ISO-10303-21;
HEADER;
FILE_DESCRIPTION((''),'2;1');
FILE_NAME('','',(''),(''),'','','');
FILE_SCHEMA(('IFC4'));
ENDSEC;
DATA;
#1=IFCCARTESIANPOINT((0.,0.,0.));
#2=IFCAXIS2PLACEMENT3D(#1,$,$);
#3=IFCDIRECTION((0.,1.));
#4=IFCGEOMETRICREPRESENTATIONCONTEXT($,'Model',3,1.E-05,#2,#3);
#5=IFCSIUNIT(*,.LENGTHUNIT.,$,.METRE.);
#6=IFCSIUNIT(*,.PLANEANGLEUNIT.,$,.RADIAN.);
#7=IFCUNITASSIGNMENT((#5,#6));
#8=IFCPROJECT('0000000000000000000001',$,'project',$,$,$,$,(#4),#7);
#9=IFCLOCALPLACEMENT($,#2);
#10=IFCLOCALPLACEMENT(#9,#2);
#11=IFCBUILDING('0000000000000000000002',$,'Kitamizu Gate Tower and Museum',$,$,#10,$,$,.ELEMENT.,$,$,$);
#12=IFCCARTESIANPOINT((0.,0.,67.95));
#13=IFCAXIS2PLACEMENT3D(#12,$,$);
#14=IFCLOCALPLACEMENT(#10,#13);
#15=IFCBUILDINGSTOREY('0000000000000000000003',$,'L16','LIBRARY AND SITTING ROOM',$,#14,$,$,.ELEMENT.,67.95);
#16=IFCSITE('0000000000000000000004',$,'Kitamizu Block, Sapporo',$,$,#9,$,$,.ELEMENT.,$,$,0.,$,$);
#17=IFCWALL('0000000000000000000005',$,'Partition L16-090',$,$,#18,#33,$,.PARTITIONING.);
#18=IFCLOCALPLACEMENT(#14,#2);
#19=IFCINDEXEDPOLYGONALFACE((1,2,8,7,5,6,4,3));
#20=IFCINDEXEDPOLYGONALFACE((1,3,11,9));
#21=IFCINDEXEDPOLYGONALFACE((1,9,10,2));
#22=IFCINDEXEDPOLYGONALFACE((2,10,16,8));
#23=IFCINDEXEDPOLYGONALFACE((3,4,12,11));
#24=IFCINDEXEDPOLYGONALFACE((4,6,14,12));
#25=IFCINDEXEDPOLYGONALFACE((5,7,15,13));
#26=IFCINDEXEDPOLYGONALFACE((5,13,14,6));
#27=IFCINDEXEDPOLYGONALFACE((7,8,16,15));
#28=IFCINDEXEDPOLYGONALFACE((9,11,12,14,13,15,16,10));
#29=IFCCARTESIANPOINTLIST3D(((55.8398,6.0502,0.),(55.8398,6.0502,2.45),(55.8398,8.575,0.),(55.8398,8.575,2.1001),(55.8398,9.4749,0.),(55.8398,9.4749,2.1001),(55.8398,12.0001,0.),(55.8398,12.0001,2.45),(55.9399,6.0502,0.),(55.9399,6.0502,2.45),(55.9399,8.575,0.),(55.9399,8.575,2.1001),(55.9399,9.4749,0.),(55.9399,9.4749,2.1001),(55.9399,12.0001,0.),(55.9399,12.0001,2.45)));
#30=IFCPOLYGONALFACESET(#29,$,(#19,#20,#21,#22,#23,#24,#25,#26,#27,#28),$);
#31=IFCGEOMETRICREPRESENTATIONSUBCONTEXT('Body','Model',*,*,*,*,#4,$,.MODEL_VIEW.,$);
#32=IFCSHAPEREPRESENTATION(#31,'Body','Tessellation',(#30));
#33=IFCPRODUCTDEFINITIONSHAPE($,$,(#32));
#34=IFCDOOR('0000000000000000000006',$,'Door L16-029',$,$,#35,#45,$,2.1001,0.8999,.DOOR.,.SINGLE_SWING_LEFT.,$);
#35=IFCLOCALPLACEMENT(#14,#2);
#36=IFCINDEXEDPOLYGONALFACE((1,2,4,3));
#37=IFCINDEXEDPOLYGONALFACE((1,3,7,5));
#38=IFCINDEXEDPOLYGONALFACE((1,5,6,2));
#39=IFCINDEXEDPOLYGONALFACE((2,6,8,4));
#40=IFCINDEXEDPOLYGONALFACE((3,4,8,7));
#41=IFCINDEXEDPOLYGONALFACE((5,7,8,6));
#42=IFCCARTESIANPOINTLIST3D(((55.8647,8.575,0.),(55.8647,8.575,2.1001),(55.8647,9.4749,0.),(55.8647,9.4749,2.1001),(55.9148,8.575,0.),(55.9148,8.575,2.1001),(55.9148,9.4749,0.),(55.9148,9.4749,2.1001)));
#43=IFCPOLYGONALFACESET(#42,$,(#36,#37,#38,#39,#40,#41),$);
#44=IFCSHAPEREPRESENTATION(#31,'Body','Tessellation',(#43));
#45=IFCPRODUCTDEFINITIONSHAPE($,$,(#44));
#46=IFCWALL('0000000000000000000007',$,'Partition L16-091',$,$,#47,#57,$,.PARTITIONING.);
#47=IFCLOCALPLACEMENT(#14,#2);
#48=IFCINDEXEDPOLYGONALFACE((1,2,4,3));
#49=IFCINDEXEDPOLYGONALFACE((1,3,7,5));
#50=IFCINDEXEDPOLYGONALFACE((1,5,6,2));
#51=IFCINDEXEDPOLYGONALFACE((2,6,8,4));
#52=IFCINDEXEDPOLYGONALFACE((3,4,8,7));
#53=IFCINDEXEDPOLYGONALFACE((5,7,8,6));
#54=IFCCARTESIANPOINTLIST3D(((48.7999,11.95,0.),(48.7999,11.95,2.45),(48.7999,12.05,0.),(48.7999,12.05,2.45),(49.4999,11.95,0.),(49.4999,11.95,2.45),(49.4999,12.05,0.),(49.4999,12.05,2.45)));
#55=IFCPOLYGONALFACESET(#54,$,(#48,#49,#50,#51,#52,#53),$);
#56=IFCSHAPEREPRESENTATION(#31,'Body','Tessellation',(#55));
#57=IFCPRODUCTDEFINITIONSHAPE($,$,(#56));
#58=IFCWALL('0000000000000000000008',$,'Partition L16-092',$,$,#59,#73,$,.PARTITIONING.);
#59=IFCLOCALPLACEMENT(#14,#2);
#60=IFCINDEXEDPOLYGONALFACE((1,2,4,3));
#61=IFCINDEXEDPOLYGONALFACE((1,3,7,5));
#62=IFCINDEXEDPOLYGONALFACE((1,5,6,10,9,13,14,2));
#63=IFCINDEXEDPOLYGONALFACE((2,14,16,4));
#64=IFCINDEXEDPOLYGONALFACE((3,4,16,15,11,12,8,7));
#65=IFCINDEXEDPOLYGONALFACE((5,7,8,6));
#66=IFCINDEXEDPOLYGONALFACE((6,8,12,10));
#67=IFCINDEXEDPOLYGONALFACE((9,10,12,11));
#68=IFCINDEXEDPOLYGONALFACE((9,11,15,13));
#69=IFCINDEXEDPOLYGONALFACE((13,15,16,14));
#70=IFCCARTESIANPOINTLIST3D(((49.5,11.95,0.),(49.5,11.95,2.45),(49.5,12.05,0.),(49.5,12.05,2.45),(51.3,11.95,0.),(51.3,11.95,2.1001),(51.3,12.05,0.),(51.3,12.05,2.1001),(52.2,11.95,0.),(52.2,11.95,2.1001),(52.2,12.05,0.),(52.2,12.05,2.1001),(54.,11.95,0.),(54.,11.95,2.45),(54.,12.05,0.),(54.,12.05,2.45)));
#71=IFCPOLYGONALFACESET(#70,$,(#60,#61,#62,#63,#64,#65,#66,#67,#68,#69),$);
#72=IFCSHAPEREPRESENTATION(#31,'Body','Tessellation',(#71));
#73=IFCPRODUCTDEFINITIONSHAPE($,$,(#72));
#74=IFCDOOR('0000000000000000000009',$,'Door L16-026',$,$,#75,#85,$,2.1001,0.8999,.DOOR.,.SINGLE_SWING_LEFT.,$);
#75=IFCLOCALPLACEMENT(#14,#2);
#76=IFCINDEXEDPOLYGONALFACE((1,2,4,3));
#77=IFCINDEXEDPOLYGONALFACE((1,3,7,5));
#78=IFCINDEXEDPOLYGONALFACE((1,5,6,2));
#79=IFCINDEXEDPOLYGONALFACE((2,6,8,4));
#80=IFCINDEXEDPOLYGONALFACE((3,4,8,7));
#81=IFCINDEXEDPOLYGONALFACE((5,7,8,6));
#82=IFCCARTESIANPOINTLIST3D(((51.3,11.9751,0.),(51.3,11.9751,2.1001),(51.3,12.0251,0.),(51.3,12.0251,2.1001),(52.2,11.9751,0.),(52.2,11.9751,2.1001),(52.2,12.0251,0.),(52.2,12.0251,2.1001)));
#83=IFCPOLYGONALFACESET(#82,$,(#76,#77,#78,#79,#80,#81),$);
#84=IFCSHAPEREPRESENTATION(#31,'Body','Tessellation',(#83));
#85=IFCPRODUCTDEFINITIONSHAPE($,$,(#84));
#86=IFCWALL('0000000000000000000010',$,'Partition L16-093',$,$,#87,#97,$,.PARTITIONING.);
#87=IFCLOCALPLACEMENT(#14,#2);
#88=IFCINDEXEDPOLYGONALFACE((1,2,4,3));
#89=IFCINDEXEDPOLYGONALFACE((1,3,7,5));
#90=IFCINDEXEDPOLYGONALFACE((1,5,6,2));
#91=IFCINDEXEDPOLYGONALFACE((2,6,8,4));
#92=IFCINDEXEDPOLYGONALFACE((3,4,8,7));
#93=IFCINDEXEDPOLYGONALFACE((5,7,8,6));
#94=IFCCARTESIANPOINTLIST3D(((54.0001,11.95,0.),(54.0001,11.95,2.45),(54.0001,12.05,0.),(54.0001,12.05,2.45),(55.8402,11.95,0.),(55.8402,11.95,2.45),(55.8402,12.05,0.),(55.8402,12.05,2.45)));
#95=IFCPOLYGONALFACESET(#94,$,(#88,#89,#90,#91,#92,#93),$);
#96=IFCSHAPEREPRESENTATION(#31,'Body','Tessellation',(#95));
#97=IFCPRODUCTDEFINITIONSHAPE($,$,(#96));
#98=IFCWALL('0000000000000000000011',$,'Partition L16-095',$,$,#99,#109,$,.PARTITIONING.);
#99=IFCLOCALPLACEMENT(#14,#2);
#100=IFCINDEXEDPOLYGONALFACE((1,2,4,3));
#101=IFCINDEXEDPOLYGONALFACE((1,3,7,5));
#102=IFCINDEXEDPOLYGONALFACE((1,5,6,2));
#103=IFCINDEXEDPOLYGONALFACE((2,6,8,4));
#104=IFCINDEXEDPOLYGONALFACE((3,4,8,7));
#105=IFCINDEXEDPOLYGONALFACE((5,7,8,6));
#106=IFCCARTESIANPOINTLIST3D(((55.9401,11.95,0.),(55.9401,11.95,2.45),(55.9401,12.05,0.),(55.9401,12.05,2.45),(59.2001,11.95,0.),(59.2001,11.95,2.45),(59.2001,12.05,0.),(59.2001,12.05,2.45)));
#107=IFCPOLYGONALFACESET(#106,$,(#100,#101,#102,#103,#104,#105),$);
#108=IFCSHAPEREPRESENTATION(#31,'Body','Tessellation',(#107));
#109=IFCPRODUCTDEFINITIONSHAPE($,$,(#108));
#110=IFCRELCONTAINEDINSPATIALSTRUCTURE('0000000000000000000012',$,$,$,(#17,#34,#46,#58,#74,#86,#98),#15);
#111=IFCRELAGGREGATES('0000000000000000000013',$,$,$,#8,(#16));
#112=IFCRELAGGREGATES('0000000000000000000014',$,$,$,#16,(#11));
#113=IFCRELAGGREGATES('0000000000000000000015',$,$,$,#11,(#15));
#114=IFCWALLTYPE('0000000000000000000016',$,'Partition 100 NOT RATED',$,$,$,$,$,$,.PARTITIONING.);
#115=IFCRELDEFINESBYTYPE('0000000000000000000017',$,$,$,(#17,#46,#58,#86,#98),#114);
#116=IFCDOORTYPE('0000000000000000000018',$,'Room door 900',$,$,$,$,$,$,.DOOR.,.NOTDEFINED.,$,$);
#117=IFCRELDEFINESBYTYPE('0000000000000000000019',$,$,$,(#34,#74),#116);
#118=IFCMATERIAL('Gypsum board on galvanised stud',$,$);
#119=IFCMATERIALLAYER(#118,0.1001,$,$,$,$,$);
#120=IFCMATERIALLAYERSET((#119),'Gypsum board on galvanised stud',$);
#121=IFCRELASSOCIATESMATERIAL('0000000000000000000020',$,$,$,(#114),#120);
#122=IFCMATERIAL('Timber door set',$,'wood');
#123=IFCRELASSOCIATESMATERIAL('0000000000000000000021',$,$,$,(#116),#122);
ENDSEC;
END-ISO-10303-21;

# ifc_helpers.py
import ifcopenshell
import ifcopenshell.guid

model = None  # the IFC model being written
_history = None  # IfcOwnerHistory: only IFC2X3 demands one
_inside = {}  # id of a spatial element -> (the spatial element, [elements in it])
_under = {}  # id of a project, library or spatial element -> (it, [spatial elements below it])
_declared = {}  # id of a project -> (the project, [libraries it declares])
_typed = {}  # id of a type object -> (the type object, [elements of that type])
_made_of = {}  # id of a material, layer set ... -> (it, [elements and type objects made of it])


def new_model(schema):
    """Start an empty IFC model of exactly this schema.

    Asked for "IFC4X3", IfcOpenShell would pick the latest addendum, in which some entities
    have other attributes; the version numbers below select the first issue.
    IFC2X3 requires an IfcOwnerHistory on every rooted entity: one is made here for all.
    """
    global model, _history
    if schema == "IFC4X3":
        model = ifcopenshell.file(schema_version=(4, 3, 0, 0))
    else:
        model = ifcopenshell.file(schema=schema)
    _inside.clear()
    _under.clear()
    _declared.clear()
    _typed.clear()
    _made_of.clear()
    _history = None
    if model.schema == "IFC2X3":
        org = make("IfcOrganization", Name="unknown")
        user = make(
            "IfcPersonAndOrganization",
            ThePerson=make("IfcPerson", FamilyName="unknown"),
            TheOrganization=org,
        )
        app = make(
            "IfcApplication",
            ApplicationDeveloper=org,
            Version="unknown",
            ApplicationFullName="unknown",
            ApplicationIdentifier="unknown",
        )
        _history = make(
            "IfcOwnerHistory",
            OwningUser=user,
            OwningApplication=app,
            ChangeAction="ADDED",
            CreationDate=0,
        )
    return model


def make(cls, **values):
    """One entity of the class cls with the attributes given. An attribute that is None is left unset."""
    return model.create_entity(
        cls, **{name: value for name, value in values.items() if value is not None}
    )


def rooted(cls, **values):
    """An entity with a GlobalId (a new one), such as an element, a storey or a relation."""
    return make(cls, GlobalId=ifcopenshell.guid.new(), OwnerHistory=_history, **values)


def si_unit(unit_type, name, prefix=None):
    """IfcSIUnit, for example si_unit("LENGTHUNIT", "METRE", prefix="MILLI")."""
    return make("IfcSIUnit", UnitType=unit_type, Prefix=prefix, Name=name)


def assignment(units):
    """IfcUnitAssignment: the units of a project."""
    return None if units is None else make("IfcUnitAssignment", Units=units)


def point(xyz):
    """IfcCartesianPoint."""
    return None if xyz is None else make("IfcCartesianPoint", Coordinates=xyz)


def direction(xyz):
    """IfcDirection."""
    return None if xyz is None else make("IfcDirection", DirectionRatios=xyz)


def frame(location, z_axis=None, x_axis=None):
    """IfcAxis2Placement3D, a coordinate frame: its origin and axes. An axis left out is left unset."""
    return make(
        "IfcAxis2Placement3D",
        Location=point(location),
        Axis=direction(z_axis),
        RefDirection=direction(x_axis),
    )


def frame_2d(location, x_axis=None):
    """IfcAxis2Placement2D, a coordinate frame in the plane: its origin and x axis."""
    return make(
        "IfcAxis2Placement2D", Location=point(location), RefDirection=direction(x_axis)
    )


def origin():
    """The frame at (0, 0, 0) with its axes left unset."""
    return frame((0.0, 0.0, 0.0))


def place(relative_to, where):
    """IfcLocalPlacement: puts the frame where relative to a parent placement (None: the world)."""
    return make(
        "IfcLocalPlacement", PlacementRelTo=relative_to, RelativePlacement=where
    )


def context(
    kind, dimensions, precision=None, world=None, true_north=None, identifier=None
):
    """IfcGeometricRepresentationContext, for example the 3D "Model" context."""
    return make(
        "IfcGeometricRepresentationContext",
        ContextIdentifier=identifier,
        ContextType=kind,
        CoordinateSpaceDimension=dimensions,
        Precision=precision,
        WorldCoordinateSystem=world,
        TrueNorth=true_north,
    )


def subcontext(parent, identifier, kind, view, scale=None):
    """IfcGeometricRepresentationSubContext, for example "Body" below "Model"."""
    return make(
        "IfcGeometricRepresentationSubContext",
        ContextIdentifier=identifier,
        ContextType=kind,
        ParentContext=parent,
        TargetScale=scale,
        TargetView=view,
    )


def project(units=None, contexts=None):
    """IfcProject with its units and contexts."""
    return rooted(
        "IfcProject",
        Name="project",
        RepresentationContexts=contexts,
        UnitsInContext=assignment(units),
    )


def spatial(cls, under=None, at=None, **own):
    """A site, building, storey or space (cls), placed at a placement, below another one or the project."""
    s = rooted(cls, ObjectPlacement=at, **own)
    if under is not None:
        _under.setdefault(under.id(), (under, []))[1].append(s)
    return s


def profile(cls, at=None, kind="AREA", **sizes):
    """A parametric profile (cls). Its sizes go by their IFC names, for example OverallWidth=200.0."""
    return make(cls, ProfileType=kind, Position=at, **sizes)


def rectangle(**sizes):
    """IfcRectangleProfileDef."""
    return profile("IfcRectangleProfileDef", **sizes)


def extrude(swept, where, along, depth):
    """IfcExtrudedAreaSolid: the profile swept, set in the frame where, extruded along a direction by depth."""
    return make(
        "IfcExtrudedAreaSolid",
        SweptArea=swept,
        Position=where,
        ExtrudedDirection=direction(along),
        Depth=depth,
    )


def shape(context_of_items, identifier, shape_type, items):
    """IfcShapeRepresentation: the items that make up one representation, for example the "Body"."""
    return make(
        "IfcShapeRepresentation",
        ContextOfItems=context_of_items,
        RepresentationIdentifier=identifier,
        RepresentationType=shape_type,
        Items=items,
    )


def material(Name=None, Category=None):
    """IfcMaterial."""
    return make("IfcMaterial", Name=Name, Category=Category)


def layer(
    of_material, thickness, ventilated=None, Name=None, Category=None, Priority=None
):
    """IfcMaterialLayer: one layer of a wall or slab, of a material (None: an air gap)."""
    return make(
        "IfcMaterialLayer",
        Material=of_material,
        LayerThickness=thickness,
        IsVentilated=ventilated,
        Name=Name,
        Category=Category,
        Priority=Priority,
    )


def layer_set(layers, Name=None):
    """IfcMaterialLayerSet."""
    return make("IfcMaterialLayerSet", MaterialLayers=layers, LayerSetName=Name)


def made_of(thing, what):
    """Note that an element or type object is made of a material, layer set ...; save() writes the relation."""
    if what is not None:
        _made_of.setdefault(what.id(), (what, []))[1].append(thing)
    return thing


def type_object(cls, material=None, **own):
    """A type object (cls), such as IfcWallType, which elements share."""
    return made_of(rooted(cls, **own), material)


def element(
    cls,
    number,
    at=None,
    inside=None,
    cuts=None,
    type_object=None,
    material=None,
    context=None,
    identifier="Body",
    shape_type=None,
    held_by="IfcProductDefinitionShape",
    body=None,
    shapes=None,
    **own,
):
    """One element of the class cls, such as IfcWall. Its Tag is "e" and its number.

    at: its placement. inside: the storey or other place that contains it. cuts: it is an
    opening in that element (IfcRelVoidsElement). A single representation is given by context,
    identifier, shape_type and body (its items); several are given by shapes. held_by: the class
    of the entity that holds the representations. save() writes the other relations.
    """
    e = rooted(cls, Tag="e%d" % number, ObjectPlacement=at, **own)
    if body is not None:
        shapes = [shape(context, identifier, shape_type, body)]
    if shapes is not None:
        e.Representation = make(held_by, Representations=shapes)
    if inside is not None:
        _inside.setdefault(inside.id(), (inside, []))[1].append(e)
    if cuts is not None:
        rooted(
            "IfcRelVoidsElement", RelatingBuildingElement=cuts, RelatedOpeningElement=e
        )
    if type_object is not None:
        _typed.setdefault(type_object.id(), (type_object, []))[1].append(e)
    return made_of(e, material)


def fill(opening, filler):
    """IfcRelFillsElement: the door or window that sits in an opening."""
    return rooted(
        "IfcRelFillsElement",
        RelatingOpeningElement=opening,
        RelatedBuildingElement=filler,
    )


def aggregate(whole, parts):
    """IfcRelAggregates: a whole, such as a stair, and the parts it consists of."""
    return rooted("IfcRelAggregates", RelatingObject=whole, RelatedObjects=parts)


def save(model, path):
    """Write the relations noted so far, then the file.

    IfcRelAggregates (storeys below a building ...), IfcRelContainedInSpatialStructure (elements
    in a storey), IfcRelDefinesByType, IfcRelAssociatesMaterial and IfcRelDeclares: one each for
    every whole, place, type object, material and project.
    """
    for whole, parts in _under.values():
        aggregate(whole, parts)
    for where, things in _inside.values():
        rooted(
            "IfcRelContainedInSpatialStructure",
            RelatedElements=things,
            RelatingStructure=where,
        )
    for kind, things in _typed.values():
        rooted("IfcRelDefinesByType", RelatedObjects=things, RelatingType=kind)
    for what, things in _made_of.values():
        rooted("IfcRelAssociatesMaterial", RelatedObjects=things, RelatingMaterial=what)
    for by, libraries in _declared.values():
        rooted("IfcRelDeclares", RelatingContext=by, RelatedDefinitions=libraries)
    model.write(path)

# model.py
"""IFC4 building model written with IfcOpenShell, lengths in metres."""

from ifc_helpers import new_model, si_unit, direction, frame, frame_2d, origin, place, context, subcontext, project, spatial, rectangle, extrude, material, layer, layer_set, type_object, element, fill, save


model = new_model("IFC4")

# Units and contexts
model_context = context("Model", 3, precision=1e-05, world=origin(), true_north=direction((0.0, 1.0)))
body_context = subcontext(model_context, "Body", "Model", "MODEL_VIEW")
ifc_project = project(units=[si_unit("LENGTHUNIT", "METRE"), si_unit("PLANEANGLEUNIT", "RADIAN")], contexts=[model_context])

# Site, building, storey
site_placement = place(None, origin())
site = spatial("IfcSite", under=ifc_project, at=site_placement, Name="Kitamizu Block, Sapporo", CompositionType="ELEMENT", RefElevation=0.0)
building_placement = place(site_placement, origin())
building = spatial("IfcBuilding", under=site, at=building_placement, Name="Kitamizu Gate Tower and Museum", CompositionType="ELEMENT")
storey_placement = place(building_placement, frame((0.0, 0.0, 67.95)))
storey = spatial("IfcBuildingStorey", under=building, at=storey_placement, Name="L16", Description="LIBRARY AND SITTING ROOM", CompositionType="ELEMENT", Elevation=67.95)

# Shared definitions
ifc_material_1 = material(Name="Gypsum board on galvanised stud")
ifc_layer = layer(ifc_material_1, 0.1001)
ifc_layer_set = layer_set([ifc_layer], Name="Gypsum board on galvanised stud")
wall_type = type_object("IfcWallType", Name="Partition 100 NOT RATED", PredefinedType="PARTITIONING", material=ifc_layer_set)
ifc_material_2 = material(Name="Timber door set", Category="wood")
door_type = type_object("IfcDoorType", Name="Room door 900", OperationType="NOTDEFINED", PredefinedType="DOOR", material=ifc_material_2)

# Wall, opening, door
wall_1_placement = place(storey_placement, frame((55.8899, 6.05, 0.0), z_axis=(0.0, 0.0, 1.0), x_axis=(0.0, 1.0, 0.0)))
wall_1 = element("IfcWall", 1, at=wall_1_placement, inside=storey, type_object=wall_type, Name="Partition L16-090", PredefinedType="PARTITIONING", context=body_context, shape_type="SweptSolid", body=[
    extrude(rectangle(XDim=5.95, YDim=0.1001, at=frame_2d((2.9751, 0.0))), origin(), (0.0, 0.0, 1.0), 2.45),
])
opening_1_placement = place(wall_1_placement, frame((2.5249, 0.0, 0.0)))
opening_1 = element("IfcOpeningElement", 2, at=opening_1_placement, cuts=wall_1, PredefinedType="OPENING", context=body_context, shape_type="SweptSolid", body=[
    extrude(rectangle(XDim=0.8999, YDim=2.1001, at=frame_2d((0.45, 1.05))), frame((0.0, 0.0601, 0.0), z_axis=(0.0, -1.0, 0.0), x_axis=(1.0, 0.0, 0.0)), (0.0, 0.0, 1.0), 0.1201),
])
door_1_placement = place(opening_1_placement, frame((0.8999, 0.0, 0.0), x_axis=(-1.0, 0.0, 0.0)))
door_1 = element("IfcDoor", 3, at=door_1_placement, inside=storey, type_object=door_type, Name="Door L16-029", OperationType="SINGLE_SWING_LEFT", OverallHeight=2.1001, OverallWidth=0.8999, PredefinedType="DOOR", context=body_context, shape_type="SweptSolid", body=[
    extrude(rectangle(XDim=0.8999, YDim=2.1001, at=frame_2d((0.45, 1.05))), frame((0.0, 0.0249, 0.0), z_axis=(0.0, -1.0, 0.0), x_axis=(1.0, 0.0, 0.0)), (0.0, 0.0, 1.0), 0.05),
])
fill(opening_1, door_1)

# Wall
wall_2_placement = place(storey_placement, frame((49.5, 12.0, 0.0), z_axis=(0.0, 0.0, 1.0), x_axis=(-1.0, 0.0, 0.0)))
element("IfcWall", 4, at=wall_2_placement, inside=storey, type_object=wall_type, Name="Partition L16-091", PredefinedType="PARTITIONING", context=body_context, shape_type="SweptSolid", body=[
    extrude(rectangle(XDim=0.7, YDim=0.1001, at=frame_2d((0.3501, 0.0))), origin(), (0.0, 0.0, 1.0), 2.45),
])

# Wall, opening, door
wall_3_placement = place(storey_placement, frame((54.0, 12.0, 0.0), z_axis=(0.0, 0.0, 1.0), x_axis=(-1.0, 0.0, 0.0)))
wall_3 = element("IfcWall", 5, at=wall_3_placement, inside=storey, type_object=wall_type, Name="Partition L16-092", PredefinedType="PARTITIONING", context=body_context, shape_type="SweptSolid", body=[
    extrude(rectangle(XDim=4.5, YDim=0.1001, at=frame_2d((2.25, 0.0))), origin(), (0.0, 0.0, 1.0), 2.45),
])
opening_2_placement = place(wall_3_placement, frame((1.8, 0.0, 0.0)))
opening_2 = element("IfcOpeningElement", 6, at=opening_2_placement, cuts=wall_3, PredefinedType="OPENING", context=body_context, shape_type="SweptSolid", body=[
    extrude(rectangle(XDim=0.8999, YDim=2.1001, at=frame_2d((0.45, 1.05))), frame((0.0, 0.0601, 0.0), z_axis=(0.0, -1.0, 0.0), x_axis=(1.0, 0.0, 0.0)), (0.0, 0.0, 1.0), 0.1201),
])
door_2_placement = place(opening_2_placement, origin())
door_2 = element("IfcDoor", 7, at=door_2_placement, inside=storey, type_object=door_type, Name="Door L16-026", OperationType="SINGLE_SWING_LEFT", OverallHeight=2.1001, OverallWidth=0.8999, PredefinedType="DOOR", context=body_context, shape_type="SweptSolid", body=[
    extrude(rectangle(XDim=0.8999, YDim=2.1001, at=frame_2d((0.45, 1.05))), frame((0.0, 0.0249, 0.0), z_axis=(0.0, -1.0, 0.0), x_axis=(1.0, 0.0, 0.0)), (0.0, 0.0, 1.0), 0.05),
])
fill(opening_2, door_2)

# Walls
wall_4_placement = place(storey_placement, frame((55.8401, 12.0, 0.0), z_axis=(0.0, 0.0, 1.0), x_axis=(-1.0, 0.0, 0.0)))
element("IfcWall", 8, at=wall_4_placement, inside=storey, type_object=wall_type, Name="Partition L16-093", PredefinedType="PARTITIONING", context=body_context, shape_type="SweptSolid", body=[
    extrude(rectangle(XDim=1.8401, YDim=0.1001, at=frame_2d((0.9199, 0.0))), origin(), (0.0, 0.0, 1.0), 2.45),
])
wall_5_placement = place(storey_placement, frame((59.2, 12.0, 0.0), z_axis=(0.0, 0.0, 1.0), x_axis=(-1.0, 0.0, 0.0)))
element("IfcWall", 9, at=wall_5_placement, inside=storey, type_object=wall_type, Name="Partition L16-095", PredefinedType="PARTITIONING", context=body_context, shape_type="SweptSolid", body=[
    extrude(rectangle(XDim=3.26, YDim=0.1001, at=frame_2d((1.6299, 0.0))), origin(), (0.0, 0.0, 1.0), 2.45),
])

save(model, "model.ifc")
